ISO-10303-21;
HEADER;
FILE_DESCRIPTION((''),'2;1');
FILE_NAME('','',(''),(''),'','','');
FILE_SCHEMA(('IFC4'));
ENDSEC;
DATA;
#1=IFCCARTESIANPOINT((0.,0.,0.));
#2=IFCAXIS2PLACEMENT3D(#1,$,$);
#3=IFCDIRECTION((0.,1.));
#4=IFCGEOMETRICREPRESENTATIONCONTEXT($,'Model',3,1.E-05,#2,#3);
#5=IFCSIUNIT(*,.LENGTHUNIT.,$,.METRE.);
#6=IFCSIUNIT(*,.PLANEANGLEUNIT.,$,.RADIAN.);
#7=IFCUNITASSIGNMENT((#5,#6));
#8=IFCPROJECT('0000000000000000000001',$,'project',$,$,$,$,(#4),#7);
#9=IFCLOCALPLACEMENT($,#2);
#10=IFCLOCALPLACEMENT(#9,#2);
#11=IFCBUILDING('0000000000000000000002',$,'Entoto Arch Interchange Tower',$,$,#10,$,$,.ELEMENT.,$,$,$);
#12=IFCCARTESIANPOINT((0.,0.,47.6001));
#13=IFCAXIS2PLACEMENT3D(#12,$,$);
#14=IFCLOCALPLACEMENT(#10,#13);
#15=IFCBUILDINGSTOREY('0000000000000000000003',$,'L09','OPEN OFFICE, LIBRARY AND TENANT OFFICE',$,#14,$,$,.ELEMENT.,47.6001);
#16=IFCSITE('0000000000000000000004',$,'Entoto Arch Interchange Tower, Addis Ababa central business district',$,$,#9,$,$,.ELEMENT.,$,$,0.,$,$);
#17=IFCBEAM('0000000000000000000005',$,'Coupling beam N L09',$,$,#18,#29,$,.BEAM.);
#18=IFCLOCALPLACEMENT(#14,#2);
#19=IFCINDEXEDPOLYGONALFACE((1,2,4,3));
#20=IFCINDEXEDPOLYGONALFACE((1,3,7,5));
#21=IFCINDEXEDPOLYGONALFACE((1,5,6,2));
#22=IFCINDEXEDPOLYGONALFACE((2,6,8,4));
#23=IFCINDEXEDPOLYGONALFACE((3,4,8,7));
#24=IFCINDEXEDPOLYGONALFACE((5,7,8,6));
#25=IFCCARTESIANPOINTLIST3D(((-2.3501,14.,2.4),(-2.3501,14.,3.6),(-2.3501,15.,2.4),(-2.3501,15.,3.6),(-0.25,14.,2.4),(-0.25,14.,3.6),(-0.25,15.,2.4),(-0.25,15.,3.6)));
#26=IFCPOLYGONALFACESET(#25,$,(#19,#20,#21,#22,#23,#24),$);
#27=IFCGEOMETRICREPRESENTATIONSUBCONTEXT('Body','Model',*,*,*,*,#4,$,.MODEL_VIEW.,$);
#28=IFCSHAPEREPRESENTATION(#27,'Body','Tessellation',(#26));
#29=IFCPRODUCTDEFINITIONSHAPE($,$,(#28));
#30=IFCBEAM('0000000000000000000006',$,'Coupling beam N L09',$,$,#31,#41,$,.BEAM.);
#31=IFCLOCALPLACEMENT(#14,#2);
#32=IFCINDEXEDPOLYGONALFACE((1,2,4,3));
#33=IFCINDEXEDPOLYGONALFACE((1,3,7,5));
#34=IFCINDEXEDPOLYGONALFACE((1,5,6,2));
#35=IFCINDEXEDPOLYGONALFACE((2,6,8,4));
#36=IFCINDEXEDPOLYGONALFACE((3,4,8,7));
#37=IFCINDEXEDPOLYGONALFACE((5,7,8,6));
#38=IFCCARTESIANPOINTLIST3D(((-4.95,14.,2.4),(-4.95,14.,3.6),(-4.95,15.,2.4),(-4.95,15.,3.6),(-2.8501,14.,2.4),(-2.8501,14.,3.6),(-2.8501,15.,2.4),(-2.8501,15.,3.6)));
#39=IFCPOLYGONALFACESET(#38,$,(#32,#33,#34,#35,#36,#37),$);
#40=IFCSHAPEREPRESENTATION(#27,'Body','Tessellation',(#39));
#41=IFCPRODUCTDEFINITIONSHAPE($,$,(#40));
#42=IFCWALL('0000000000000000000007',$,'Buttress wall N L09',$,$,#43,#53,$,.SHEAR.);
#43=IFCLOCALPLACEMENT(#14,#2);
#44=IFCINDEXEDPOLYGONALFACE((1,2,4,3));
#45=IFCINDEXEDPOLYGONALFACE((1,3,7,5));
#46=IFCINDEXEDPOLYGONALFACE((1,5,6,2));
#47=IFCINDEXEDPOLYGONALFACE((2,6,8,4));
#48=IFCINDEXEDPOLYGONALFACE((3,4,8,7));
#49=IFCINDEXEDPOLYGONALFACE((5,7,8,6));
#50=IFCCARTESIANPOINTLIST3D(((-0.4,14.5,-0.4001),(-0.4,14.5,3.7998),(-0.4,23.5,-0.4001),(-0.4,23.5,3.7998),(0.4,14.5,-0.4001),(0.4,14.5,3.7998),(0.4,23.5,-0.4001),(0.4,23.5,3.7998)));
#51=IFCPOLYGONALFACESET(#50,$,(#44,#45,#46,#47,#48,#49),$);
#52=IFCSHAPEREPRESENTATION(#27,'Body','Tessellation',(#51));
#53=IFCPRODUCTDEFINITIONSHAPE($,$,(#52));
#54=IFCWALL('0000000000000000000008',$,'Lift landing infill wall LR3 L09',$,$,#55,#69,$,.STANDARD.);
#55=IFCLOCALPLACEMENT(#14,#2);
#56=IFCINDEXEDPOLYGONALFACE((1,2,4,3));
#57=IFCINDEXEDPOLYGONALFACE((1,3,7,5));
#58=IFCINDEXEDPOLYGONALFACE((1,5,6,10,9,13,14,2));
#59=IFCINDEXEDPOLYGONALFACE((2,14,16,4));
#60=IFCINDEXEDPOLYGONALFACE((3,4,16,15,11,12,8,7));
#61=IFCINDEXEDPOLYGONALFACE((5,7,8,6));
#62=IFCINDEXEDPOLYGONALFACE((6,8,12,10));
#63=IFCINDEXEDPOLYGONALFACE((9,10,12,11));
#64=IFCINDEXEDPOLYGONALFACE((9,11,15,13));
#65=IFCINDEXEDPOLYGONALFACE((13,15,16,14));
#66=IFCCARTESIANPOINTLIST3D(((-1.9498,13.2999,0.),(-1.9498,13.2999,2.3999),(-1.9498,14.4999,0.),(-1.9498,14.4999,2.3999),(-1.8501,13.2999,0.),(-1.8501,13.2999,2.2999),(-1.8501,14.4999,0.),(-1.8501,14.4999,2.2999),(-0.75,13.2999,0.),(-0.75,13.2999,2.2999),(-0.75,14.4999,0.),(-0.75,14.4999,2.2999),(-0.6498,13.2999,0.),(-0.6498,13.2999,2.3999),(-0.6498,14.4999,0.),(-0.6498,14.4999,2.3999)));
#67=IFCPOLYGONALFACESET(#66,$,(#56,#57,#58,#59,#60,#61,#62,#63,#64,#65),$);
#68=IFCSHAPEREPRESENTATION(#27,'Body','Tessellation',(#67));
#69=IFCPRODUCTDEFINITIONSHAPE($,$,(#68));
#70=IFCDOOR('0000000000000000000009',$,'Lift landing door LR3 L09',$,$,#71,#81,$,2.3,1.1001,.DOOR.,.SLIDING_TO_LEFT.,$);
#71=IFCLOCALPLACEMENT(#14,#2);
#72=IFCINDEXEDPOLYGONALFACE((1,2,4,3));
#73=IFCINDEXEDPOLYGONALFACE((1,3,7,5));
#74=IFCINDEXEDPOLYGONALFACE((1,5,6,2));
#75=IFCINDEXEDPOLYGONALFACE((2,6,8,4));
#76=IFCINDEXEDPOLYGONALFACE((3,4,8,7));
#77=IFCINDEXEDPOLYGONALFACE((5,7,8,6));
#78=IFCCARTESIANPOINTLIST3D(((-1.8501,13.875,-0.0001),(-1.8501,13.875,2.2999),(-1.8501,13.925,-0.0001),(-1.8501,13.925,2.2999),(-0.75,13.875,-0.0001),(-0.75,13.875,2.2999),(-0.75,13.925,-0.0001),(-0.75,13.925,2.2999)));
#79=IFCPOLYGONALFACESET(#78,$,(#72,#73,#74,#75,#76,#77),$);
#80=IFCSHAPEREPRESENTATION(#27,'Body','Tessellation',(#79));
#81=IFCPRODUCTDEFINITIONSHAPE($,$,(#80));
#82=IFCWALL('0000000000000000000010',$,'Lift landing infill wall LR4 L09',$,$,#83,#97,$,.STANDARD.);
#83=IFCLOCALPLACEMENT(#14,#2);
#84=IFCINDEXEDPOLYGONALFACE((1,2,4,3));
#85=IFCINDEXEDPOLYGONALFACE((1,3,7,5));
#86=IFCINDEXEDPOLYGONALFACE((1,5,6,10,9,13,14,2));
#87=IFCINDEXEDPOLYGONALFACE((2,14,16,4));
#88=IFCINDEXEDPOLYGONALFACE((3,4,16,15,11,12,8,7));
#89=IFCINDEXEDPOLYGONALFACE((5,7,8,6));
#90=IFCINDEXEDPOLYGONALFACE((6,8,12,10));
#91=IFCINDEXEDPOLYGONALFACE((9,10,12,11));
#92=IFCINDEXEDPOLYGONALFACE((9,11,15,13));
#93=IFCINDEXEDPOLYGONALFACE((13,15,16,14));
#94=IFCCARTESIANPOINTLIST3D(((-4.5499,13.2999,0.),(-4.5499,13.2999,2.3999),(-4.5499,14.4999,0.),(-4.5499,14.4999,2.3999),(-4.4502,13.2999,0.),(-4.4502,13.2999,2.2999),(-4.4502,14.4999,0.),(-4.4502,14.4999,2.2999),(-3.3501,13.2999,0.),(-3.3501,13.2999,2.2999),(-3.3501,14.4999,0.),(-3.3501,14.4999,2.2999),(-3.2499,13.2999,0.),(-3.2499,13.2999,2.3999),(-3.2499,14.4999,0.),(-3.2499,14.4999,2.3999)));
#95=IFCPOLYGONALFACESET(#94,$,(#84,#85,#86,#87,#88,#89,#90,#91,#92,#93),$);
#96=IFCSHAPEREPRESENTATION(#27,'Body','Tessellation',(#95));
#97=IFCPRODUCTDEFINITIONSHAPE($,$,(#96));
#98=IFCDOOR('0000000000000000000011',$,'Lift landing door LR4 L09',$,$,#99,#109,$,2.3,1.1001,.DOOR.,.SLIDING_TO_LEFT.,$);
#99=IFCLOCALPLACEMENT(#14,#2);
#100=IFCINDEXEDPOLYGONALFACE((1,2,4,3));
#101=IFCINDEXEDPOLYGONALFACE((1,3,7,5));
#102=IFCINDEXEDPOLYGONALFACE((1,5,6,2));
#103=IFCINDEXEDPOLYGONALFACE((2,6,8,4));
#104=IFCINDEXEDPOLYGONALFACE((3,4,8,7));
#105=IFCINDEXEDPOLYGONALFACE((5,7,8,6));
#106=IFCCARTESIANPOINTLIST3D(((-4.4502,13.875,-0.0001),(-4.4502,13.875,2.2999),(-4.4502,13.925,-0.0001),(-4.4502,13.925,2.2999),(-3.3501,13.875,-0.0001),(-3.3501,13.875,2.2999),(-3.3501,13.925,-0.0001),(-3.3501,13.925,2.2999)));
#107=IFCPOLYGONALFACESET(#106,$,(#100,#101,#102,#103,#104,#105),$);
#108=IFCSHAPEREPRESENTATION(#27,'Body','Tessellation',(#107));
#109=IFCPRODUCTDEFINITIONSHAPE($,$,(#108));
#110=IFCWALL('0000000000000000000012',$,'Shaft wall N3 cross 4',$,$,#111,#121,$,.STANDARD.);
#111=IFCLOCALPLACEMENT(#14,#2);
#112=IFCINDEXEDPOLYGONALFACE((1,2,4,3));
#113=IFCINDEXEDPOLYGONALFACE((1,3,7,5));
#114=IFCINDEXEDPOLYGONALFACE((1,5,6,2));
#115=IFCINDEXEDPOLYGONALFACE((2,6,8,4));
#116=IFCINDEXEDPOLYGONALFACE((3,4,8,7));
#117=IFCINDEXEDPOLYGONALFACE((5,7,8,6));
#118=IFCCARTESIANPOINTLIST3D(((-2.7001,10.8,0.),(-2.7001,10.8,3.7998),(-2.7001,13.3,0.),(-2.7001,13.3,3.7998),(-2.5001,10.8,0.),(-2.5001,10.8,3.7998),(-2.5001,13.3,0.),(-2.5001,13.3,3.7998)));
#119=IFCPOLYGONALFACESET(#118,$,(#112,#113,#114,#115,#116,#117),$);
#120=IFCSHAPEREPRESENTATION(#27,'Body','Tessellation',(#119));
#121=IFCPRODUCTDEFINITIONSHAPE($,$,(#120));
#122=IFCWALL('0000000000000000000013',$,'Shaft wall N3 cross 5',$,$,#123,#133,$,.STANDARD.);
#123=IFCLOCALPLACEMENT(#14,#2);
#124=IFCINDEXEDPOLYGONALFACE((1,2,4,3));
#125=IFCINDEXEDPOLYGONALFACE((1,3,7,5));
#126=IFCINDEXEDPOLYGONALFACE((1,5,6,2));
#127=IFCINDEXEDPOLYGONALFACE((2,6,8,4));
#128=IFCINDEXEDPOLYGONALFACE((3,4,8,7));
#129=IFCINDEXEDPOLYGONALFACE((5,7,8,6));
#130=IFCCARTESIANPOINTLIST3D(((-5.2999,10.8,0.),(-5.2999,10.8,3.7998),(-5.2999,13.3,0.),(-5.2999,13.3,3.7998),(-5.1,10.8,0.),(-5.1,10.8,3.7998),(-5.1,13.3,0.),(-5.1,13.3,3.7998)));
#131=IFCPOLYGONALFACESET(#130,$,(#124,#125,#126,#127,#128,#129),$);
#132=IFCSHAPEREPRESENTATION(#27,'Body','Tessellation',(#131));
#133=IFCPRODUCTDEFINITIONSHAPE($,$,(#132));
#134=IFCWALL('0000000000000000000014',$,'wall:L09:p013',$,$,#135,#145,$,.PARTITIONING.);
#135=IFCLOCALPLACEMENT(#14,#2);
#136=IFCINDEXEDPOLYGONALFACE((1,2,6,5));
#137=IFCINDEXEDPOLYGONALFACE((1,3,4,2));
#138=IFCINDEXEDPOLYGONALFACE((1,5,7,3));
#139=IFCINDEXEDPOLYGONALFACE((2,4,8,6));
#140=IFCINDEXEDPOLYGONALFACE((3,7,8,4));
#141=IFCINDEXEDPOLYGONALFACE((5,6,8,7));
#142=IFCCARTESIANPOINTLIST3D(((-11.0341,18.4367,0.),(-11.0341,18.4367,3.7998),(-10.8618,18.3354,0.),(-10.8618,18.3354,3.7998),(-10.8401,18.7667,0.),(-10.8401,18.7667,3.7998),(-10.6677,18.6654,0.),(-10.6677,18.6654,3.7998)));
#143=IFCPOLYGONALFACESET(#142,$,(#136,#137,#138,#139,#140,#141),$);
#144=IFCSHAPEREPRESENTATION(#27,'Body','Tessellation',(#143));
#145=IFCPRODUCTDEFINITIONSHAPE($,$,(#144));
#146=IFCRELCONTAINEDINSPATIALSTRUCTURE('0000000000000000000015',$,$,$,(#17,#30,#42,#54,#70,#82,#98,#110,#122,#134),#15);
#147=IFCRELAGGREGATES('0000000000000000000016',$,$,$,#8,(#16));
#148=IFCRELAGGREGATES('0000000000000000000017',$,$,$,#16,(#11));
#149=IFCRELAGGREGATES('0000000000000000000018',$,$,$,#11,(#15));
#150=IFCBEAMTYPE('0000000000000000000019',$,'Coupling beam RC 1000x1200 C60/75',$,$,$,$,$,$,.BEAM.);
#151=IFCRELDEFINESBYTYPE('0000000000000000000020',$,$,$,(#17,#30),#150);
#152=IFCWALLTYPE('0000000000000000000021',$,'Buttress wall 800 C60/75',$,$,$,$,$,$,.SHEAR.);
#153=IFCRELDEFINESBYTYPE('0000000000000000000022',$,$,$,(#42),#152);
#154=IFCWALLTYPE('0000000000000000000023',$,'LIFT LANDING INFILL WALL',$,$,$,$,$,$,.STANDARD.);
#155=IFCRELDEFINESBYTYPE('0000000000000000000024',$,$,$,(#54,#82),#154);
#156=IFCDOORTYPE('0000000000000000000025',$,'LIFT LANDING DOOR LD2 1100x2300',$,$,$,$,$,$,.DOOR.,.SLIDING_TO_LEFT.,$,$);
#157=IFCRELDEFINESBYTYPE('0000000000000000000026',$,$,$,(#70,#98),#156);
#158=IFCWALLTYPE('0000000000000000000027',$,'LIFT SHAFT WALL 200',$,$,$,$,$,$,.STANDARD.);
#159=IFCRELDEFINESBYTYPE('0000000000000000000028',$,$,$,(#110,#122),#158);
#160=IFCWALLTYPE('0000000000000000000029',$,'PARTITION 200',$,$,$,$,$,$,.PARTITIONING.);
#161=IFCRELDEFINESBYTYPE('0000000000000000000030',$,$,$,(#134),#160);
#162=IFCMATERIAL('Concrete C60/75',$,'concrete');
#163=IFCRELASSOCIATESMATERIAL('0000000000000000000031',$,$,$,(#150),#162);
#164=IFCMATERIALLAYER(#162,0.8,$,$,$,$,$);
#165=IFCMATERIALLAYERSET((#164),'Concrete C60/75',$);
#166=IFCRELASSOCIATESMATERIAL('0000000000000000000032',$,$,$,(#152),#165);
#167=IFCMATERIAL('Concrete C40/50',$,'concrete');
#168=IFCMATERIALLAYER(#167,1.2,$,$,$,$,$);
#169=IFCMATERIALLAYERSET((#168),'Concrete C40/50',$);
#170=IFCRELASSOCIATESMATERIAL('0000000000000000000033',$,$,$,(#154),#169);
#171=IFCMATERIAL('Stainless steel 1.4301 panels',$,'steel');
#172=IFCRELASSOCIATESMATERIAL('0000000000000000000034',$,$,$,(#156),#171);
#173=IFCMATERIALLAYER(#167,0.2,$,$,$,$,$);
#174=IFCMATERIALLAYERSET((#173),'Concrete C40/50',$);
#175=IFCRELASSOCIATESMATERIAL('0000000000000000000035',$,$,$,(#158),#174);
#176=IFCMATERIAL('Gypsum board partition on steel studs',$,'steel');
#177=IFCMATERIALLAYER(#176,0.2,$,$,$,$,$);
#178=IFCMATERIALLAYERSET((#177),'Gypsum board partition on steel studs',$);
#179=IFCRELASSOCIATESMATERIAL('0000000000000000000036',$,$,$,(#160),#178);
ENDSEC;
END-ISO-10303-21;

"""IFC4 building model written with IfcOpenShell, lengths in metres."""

from ifc_helpers import new_model, si_unit, direction, frame, frame_2d, origin, origin_2d, place, context, subcontext, project, spatial, rectangle, extrude, material, layer, layer_set, material_profile, profile_set, type_object, element, fill, save


model = new_model("IFC4")

# Units and contexts
model_context = context("Model", 3, precision=1e-05, world=origin(), true_north=direction((0.0, 1.0)))
body_context = subcontext(model_context, "Body", "Model", "MODEL_VIEW")
ifc_project = project(units=[si_unit("LENGTHUNIT", "METRE"), si_unit("PLANEANGLEUNIT", "RADIAN")], contexts=[model_context])

# Site, building, storey
site_placement = place(None, origin())
site = spatial("IfcSite", under=ifc_project, at=site_placement, Name="Entoto Arch Interchange Tower, Addis Ababa central business district", CompositionType="ELEMENT", RefElevation=0.0)
building_placement = place(site_placement, origin())
building = spatial("IfcBuilding", under=site, at=building_placement, Name="Entoto Arch Interchange Tower", CompositionType="ELEMENT")
storey_placement = place(building_placement, frame((0.0, 0.0, 47.6001)))
storey = spatial("IfcBuildingStorey", under=building, at=storey_placement, Name="L09", Description="OPEN OFFICE, LIBRARY AND TENANT OFFICE", CompositionType="ELEMENT", Elevation=47.6001)

# Beams
ifc_material_1 = material(Name="Concrete C60/75", Category="concrete")
ifc_material_profile = material_profile(ifc_material_1, rectangle(XDim=1.0, YDim=1.2, at=origin_2d()))
ifc_profile_set = profile_set([ifc_material_profile], Name="Concrete C60/75")
beam_type = type_object("IfcBeamType", Name="Coupling beam RC 1000x1200 C60/75", PredefinedType="BEAM", material=ifc_profile_set)
beam_1_placement = place(storey_placement, frame((-0.25, 14.5, 3.0), z_axis=(-1.0, 0.0, 0.0), x_axis=(0.0, -1.0, 0.0)))
element("IfcBeam", 1, at=beam_1_placement, inside=storey, type_object=beam_type, Name="Coupling beam N L09", PredefinedType="BEAM", context=body_context, shape_type="SweptSolid", body=[
    extrude(rectangle(XDim=1.0, YDim=1.2, at=origin_2d()), origin(), (0.0, 0.0, 1.0), 2.1001),
])
beam_2_placement = place(storey_placement, frame((-2.8501, 14.5, 3.0), z_axis=(-1.0, 0.0, 0.0), x_axis=(0.0, -1.0, 0.0)))
element("IfcBeam", 2, at=beam_2_placement, inside=storey, type_object=beam_type, Name="Coupling beam N L09", PredefinedType="BEAM", context=body_context, shape_type="SweptSolid", body=[
    extrude(rectangle(XDim=1.0, YDim=1.2, at=origin_2d()), origin(), (0.0, 0.0, 1.0), 2.0999),
])

# Wall
ifc_layer_1 = layer(ifc_material_1, 0.8)
ifc_layer_set_1 = layer_set([ifc_layer_1], Name="Concrete C60/75")
wall_type_1 = type_object("IfcWallType", Name="Buttress wall 800 C60/75", PredefinedType="SHEAR", material=ifc_layer_set_1)
wall_1_placement = place(storey_placement, frame((0.0, 14.5, -0.4001), z_axis=(0.0, 0.0, 1.0), x_axis=(0.0, 1.0, 0.0)))
element("IfcWall", 3, at=wall_1_placement, inside=storey, type_object=wall_type_1, Name="Buttress wall N L09", PredefinedType="SHEAR", context=body_context, shape_type="SweptSolid", body=[
    extrude(rectangle(XDim=9.0, YDim=0.8, at=frame_2d((4.5, 0.0))), origin(), (0.0, 0.0, 1.0), 4.2),
])

# Walls, openings, doors
ifc_material_2 = material(Name="Concrete C40/50", Category="concrete")
ifc_layer_2 = layer(ifc_material_2, 1.2)
ifc_layer_set_2 = layer_set([ifc_layer_2], Name="Concrete C40/50")
wall_type_2 = type_object("IfcWallType", Name="LIFT LANDING INFILL WALL", PredefinedType="STANDARD", material=ifc_layer_set_2)
wall_2_placement = place(storey_placement, frame((-0.6499, 13.8999, 0.0), z_axis=(0.0, 0.0, 1.0), x_axis=(-1.0, 0.0, 0.0)))
wall_2 = element("IfcWall", 4, at=wall_2_placement, inside=storey, type_object=wall_type_2, Name="Lift landing infill wall LR3 L09", PredefinedType="STANDARD", context=body_context, shape_type="SweptSolid", body=[
    extrude(rectangle(XDim=1.3, YDim=1.2, at=frame_2d((0.6499, 0.0))), origin(), (0.0, 0.0, 1.0), 2.3999),
])
opening_1_placement = place(wall_2_placement, frame((0.1001, 0.0, 0.0)))
opening_1 = element("IfcOpeningElement", 5, at=opening_1_placement, cuts=wall_2, PredefinedType="OPENING", context=body_context, shape_type="SweptSolid", body=[
    extrude(rectangle(XDim=1.1001, YDim=2.3, at=frame_2d((0.55, 1.1499))), frame((0.0, 0.6099, 0.0), z_axis=(0.0, -1.0, 0.0), x_axis=(1.0, 0.0, 0.0)), (0.0, 0.0, 1.0), 1.22),
])
ifc_material_3 = material(Name="Stainless steel 1.4301 panels", Category="steel")
door_type_1 = type_object("IfcDoorType", Name="LIFT LANDING DOOR LD2 1100x2300", OperationType="SLIDING_TO_LEFT", PredefinedType="DOOR", material=ifc_material_3)
door_1_placement = place(opening_1_placement, origin())
door_1 = element("IfcDoor", 6, at=door_1_placement, inside=storey, type_object=door_type_1, Name="Lift landing door LR3 L09", OperationType="SLIDING_TO_LEFT", OverallHeight=2.3, OverallWidth=1.1001, PredefinedType="DOOR", context=body_context, shape_type="SweptSolid", body=[
    extrude(rectangle(XDim=1.1001, YDim=2.3, at=frame_2d((0.55, 1.1499))), frame((0.0, 0.0249, 0.0), z_axis=(0.0, -1.0, 0.0), x_axis=(1.0, 0.0, 0.0)), (0.0, 0.0, 1.0), 0.05),
])
fill(opening_1, door_1)
wall_3_placement = place(storey_placement, frame((-3.25, 13.8999, 0.0), z_axis=(0.0, 0.0, 1.0), x_axis=(-1.0, 0.0, 0.0)))
wall_3 = element("IfcWall", 7, at=wall_3_placement, inside=storey, type_object=wall_type_2, Name="Lift landing infill wall LR4 L09", PredefinedType="STANDARD", context=body_context, shape_type="SweptSolid", body=[
    extrude(rectangle(XDim=1.3, YDim=1.2, at=frame_2d((0.6499, 0.0))), origin(), (0.0, 0.0, 1.0), 2.3999),
])
opening_2_placement = place(wall_3_placement, frame((0.1001, 0.0, 0.0)))
opening_2 = element("IfcOpeningElement", 8, at=opening_2_placement, cuts=wall_3, PredefinedType="OPENING", context=body_context, shape_type="SweptSolid", body=[
    extrude(rectangle(XDim=1.1001, YDim=2.3, at=frame_2d((0.55, 1.1499))), frame((0.0, 0.6099, 0.0), z_axis=(0.0, -1.0, 0.0), x_axis=(1.0, 0.0, 0.0)), (0.0, 0.0, 1.0), 1.22),
])
door_2_placement = place(opening_2_placement, origin())
door_2 = element("IfcDoor", 9, at=door_2_placement, inside=storey, type_object=door_type_1, Name="Lift landing door LR4 L09", OperationType="SLIDING_TO_LEFT", OverallHeight=2.3, OverallWidth=1.1001, PredefinedType="DOOR", context=body_context, shape_type="SweptSolid", body=[
    extrude(rectangle(XDim=1.1001, YDim=2.3, at=frame_2d((0.55, 1.1499))), frame((0.0, 0.0249, 0.0), z_axis=(0.0, -1.0, 0.0), x_axis=(1.0, 0.0, 0.0)), (0.0, 0.0, 1.0), 0.05),
])
fill(opening_2, door_2)

# Walls
ifc_layer_3 = layer(ifc_material_2, 0.2)
ifc_layer_set_3 = layer_set([ifc_layer_3], Name="Concrete C40/50")
wall_type_3 = type_object("IfcWallType", Name="LIFT SHAFT WALL 200", PredefinedType="STANDARD", material=ifc_layer_set_3)
for number, where, z_axis, x_axis, name in (
    (10, (-2.6001, 10.8, 0.0), (0.0, 0.0, 1.0), (0.0, 1.0, 0.0), "Shaft wall N3 cross 4"),
    (11, (-5.2, 10.8, 0.0), (0.0, 0.0, 1.0), (0.0, 1.0, 0.0), "Shaft wall N3 cross 5"),
):
    element("IfcWall", number, at=place(storey_placement, frame(where, z_axis=z_axis, x_axis=x_axis)), inside=storey, type_object=wall_type_3, Name=name, PredefinedType="STANDARD", context=body_context, shape_type="SweptSolid", body=[
        extrude(rectangle(XDim=2.5, YDim=0.2, at=frame_2d((1.25, 0.0))), origin(), (0.0, 0.0, 1.0), 3.7998),
    ])
ifc_material_4 = material(Name="Gypsum board partition on steel studs", Category="steel")
ifc_layer_4 = layer(ifc_material_4, 0.2)
ifc_layer_set_4 = layer_set([ifc_layer_4], Name="Gypsum board partition on steel studs")
wall_type_4 = type_object("IfcWallType", Name="PARTITION 200", PredefinedType="PARTITIONING", material=ifc_layer_set_4)
wall_4_placement = place(storey_placement, frame((-10.7539, 18.7161, 0.0), z_axis=(0.0, 0.0, 1.0), x_axis=(-0.506881, -0.862016, 0.0)))
element("IfcWall", 12, at=wall_4_placement, inside=storey, type_object=wall_type_4, Name="wall:L09:p013", PredefinedType="PARTITIONING", context=body_context, shape_type="SweptSolid", body=[
    extrude(rectangle(XDim=0.3828, YDim=0.2, at=frame_2d((0.1914, 0.0))), origin(), (0.0, 0.0, 1.0), 3.7998),
])

save(model, "model.ifc")
